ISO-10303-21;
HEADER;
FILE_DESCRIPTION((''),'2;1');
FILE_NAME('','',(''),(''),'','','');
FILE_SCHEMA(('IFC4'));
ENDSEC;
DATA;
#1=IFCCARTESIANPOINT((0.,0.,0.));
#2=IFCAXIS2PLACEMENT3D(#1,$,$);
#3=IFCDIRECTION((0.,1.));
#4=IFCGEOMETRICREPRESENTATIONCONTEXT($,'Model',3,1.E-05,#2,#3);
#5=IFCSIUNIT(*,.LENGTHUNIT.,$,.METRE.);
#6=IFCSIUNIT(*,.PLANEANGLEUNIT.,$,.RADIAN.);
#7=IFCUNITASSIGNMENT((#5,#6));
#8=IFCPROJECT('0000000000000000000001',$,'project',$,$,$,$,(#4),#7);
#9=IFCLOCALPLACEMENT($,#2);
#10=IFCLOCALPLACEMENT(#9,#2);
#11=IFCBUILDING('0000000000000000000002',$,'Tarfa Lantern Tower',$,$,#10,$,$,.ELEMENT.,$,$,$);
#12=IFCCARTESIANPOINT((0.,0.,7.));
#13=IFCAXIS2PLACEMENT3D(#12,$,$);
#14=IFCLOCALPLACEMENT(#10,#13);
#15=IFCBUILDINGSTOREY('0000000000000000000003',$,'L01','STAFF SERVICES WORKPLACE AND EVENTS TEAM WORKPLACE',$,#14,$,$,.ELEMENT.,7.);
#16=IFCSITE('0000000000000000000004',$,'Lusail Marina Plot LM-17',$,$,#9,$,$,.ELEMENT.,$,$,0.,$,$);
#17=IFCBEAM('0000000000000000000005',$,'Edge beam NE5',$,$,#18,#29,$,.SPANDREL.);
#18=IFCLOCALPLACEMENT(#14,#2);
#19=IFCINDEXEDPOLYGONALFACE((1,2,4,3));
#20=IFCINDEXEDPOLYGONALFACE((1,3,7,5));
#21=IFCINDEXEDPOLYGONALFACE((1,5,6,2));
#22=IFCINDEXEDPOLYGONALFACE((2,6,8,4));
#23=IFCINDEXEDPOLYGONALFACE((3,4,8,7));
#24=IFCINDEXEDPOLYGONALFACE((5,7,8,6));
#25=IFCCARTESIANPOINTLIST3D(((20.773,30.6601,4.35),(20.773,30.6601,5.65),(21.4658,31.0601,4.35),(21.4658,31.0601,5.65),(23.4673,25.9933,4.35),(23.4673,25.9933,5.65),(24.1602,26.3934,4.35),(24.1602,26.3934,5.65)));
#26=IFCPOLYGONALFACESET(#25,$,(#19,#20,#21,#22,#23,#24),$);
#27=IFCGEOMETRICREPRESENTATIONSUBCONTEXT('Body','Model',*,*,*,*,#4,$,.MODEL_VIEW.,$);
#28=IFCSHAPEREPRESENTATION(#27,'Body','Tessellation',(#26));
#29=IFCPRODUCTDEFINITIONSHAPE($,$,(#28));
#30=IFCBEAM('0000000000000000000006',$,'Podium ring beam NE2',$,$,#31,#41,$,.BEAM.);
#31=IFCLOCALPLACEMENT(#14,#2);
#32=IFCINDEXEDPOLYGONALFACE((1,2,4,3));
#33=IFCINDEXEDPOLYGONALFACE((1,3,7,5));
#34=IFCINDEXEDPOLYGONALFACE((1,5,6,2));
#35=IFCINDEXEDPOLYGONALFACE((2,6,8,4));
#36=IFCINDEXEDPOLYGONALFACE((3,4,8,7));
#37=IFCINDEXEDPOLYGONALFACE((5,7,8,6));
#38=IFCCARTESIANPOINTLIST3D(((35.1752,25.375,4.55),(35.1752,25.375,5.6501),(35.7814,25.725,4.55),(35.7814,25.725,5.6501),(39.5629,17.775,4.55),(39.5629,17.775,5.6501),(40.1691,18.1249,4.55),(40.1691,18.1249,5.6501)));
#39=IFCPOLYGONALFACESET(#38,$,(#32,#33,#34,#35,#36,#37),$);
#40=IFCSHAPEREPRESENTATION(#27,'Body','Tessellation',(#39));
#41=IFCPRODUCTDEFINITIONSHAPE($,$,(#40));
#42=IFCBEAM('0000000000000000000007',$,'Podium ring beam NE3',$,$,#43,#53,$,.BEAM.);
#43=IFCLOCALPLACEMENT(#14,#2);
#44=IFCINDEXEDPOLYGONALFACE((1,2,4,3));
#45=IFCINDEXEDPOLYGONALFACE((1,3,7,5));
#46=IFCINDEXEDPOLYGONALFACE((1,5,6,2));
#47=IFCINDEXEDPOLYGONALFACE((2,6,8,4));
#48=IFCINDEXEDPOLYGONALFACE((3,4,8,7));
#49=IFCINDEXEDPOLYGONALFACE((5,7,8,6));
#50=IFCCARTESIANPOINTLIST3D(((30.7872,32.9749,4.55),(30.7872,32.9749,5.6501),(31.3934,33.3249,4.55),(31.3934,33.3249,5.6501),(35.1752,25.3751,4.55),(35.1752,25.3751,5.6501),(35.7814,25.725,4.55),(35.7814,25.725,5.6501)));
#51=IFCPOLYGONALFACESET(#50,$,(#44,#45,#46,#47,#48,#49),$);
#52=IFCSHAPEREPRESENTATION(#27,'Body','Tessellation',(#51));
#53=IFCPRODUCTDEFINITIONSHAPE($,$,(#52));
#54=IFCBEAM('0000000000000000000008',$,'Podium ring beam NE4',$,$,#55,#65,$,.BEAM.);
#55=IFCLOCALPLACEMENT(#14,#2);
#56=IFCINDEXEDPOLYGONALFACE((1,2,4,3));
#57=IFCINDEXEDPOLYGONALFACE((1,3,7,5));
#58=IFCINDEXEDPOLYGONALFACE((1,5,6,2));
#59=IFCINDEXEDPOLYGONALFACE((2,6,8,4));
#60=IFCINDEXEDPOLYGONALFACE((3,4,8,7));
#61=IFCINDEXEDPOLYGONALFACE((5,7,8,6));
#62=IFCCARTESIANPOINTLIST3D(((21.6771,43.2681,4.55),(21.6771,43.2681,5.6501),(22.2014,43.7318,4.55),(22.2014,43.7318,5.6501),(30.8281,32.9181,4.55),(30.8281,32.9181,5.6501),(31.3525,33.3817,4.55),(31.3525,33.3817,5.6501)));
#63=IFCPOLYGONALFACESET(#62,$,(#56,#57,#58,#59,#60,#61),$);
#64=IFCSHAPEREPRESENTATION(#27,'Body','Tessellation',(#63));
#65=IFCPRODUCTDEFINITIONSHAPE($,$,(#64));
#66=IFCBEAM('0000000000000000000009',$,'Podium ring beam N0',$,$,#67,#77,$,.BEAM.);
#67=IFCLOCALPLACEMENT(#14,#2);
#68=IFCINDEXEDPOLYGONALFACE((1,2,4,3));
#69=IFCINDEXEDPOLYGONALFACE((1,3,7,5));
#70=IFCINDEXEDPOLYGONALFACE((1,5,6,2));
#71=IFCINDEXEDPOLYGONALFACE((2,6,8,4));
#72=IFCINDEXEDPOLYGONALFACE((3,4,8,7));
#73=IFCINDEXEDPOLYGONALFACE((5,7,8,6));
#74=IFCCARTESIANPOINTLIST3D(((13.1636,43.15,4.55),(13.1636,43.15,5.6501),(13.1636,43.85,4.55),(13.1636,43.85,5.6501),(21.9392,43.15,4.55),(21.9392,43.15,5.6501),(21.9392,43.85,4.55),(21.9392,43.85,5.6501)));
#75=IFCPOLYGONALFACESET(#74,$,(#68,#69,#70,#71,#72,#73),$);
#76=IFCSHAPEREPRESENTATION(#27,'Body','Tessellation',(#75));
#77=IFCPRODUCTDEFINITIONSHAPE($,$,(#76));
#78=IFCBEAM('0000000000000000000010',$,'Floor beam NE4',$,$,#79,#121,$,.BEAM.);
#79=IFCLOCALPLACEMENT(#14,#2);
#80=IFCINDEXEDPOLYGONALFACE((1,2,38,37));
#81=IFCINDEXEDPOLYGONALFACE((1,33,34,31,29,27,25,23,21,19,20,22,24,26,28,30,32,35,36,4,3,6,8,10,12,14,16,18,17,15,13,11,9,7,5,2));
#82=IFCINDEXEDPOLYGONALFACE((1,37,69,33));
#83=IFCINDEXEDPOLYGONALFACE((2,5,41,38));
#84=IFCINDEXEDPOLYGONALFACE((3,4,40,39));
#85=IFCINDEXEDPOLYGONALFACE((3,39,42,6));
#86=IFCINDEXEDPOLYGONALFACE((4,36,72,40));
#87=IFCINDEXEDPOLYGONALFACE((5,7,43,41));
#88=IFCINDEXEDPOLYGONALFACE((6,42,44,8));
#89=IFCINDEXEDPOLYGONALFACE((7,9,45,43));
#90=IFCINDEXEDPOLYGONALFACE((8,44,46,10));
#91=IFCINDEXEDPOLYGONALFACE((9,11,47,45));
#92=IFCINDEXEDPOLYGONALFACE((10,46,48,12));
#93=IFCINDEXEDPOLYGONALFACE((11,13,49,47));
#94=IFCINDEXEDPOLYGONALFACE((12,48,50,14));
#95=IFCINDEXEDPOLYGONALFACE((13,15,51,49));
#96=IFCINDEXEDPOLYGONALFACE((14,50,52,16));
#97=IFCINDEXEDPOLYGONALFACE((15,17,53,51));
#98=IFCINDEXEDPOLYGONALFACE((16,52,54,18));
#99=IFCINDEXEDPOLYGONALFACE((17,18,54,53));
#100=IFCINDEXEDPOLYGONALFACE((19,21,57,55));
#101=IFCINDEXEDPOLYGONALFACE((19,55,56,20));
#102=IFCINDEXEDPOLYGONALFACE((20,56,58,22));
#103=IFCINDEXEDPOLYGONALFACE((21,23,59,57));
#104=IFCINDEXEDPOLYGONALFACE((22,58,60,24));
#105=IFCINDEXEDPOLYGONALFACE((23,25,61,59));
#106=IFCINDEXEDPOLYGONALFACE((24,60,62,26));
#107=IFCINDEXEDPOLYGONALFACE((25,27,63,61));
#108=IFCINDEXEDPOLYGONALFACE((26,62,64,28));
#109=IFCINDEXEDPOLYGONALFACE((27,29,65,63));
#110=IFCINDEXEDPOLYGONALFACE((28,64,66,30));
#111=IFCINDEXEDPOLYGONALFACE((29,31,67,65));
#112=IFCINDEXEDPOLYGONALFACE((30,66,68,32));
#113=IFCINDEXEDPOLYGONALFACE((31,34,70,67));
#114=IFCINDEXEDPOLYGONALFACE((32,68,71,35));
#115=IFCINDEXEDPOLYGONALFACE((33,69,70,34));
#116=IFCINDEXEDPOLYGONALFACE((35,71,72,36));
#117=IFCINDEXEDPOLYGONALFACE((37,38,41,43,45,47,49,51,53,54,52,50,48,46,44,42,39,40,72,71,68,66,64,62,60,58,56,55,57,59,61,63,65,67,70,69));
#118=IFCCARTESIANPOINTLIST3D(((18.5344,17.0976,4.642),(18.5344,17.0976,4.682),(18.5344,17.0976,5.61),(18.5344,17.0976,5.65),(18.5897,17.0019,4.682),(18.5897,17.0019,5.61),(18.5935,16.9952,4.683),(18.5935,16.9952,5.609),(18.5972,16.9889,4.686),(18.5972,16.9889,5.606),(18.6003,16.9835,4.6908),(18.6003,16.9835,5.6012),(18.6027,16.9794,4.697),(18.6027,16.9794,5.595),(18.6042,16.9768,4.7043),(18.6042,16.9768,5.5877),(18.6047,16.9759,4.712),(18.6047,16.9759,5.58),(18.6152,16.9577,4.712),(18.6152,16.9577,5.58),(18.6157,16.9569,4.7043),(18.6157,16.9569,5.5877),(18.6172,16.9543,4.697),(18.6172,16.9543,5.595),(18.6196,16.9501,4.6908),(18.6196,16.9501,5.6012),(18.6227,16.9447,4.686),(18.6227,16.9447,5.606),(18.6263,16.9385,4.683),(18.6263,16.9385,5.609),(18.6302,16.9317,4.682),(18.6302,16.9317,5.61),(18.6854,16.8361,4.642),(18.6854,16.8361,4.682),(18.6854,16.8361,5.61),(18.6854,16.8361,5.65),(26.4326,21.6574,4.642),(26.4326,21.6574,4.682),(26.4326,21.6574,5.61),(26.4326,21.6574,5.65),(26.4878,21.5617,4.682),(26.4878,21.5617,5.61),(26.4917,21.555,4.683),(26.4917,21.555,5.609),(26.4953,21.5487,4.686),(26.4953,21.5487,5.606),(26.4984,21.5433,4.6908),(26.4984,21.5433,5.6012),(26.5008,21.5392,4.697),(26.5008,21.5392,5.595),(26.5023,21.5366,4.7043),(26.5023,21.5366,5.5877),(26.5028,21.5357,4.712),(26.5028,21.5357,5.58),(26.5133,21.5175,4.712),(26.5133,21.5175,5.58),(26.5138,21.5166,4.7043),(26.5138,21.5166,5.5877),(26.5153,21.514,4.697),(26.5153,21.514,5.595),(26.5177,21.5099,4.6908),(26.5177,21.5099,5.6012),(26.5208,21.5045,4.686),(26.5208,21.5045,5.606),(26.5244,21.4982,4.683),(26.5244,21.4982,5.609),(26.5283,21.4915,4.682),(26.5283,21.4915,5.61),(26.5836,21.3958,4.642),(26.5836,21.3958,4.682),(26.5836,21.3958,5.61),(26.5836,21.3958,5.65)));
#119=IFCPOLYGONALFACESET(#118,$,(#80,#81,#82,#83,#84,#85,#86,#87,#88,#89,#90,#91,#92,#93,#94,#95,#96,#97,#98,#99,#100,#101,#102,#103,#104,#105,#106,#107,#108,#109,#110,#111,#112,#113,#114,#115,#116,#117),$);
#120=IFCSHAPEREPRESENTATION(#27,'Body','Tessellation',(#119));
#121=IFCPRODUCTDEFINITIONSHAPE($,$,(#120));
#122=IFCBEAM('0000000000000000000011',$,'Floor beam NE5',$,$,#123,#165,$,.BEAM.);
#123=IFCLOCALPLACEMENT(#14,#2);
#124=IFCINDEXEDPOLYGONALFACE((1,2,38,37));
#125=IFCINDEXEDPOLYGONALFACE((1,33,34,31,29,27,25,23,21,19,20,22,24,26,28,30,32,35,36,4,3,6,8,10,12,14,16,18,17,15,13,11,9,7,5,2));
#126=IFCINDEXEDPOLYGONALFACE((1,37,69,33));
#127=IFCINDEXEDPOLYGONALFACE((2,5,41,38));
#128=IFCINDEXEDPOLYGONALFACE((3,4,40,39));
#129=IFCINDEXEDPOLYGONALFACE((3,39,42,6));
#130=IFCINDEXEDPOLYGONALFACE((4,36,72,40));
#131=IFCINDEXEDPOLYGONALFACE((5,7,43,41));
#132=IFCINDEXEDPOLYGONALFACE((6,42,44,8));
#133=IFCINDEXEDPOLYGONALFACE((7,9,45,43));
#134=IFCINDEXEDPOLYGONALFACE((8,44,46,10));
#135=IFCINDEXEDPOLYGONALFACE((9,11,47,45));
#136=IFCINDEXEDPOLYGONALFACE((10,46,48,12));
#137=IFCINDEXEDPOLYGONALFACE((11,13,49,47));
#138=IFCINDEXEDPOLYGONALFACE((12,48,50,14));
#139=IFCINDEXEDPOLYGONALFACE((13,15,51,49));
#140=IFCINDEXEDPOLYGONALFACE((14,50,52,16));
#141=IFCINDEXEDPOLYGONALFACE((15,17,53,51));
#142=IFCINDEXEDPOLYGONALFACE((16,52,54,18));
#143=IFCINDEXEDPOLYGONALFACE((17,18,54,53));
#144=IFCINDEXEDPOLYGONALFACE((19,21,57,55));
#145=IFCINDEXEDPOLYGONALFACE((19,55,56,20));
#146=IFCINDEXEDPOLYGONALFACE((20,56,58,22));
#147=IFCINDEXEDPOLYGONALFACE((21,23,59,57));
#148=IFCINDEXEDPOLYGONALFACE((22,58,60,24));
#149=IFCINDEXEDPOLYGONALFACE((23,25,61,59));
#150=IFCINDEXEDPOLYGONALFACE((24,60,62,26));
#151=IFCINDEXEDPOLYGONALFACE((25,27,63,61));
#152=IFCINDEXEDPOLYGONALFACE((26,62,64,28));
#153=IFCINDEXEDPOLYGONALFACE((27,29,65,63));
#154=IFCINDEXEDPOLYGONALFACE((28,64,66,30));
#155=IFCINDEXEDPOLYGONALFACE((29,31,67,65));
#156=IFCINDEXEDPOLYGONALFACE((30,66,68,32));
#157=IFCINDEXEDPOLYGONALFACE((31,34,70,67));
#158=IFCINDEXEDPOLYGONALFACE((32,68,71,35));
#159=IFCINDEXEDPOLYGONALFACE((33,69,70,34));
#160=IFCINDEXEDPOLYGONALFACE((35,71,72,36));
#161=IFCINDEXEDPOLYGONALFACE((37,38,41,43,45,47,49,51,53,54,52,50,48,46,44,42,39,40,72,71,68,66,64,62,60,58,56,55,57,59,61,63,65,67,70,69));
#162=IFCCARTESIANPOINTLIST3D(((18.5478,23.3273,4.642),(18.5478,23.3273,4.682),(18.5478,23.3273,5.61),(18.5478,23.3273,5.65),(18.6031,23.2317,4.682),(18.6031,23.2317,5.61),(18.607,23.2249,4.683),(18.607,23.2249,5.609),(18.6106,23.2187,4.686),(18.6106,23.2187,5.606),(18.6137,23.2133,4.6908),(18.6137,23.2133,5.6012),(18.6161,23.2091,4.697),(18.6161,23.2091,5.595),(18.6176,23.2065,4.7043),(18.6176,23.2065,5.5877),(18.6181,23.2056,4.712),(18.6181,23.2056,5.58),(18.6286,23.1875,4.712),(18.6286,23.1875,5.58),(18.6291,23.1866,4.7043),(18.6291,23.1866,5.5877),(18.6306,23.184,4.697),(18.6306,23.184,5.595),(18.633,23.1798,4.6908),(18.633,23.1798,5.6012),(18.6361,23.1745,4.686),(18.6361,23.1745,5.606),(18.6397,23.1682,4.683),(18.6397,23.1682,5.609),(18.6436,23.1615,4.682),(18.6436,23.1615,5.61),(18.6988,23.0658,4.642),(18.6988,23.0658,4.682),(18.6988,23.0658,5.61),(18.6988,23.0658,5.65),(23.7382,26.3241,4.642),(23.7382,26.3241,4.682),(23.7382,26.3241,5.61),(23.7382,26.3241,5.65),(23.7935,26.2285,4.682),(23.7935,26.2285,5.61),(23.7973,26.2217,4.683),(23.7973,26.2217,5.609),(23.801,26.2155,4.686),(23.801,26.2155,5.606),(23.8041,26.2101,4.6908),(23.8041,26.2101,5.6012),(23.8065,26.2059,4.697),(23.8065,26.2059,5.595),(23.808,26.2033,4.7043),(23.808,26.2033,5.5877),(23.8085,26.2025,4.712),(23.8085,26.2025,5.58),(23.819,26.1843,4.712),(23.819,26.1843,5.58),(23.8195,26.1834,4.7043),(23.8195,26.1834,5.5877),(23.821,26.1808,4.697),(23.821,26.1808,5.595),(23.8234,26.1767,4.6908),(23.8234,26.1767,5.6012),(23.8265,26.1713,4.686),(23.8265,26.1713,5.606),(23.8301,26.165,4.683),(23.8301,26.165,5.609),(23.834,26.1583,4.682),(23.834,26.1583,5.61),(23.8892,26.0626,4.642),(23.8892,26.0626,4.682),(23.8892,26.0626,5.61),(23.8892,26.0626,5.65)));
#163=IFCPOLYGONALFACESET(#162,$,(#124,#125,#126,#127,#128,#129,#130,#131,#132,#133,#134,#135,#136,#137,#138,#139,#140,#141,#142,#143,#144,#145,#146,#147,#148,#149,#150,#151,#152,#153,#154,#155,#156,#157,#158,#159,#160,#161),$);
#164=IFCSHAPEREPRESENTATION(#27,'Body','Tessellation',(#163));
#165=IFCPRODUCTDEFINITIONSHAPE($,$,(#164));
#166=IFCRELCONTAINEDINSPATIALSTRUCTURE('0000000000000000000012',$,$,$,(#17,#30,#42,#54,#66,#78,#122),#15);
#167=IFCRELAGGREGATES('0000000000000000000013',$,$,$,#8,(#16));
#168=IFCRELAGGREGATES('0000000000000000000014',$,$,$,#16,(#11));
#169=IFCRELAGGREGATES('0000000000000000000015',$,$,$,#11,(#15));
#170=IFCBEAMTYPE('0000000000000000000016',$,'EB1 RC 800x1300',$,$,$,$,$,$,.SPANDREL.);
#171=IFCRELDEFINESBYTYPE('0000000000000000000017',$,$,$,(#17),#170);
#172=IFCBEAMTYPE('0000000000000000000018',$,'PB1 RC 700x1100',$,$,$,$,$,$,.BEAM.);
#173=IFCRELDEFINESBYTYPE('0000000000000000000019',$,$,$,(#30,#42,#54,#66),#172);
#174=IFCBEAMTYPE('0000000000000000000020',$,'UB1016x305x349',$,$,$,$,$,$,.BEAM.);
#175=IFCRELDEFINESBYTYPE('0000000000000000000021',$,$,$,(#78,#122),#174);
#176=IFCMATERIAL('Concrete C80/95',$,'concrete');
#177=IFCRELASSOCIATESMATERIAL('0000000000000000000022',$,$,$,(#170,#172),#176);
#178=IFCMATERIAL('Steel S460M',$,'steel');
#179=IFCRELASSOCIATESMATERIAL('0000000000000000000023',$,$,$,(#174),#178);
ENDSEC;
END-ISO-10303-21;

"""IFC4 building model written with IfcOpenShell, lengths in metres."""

from ifc_helpers import new_model, si_unit, direction, frame, origin, origin_2d, place, context, subcontext, project, spatial, rectangle, i_section, extrude, material, material_profile, profile_set, type_object, element, save


model = new_model("IFC4")

# Units and contexts
model_context = context("Model", 3, precision=1e-05, world=origin(), true_north=direction((0.0, 1.0)))
body_context = subcontext(model_context, "Body", "Model", "MODEL_VIEW")
ifc_project = project(units=[si_unit("LENGTHUNIT", "METRE"), si_unit("PLANEANGLEUNIT", "RADIAN")], contexts=[model_context])

# Site, building, storey
site_placement = place(None, origin())
site = spatial("IfcSite", under=ifc_project, at=site_placement, Name="Lusail Marina Plot LM-17", CompositionType="ELEMENT", RefElevation=0.0)
building_placement = place(site_placement, origin())
building = spatial("IfcBuilding", under=site, at=building_placement, Name="Tarfa Lantern Tower", CompositionType="ELEMENT")
storey_placement = place(building_placement, frame((0.0, 0.0, 7.0)))
storey = spatial("IfcBuildingStorey", under=building, at=storey_placement, Name="L01", Description="STAFF SERVICES WORKPLACE AND EVENTS TEAM WORKPLACE", CompositionType="ELEMENT", Elevation=7.0)

# Shared definitions
ifc_material_1 = material(Name="Concrete C80/95", Category="concrete")

# Beams
ifc_material_profile_1 = material_profile(ifc_material_1, rectangle(XDim=0.8, YDim=1.3, at=origin_2d()), Name="RC 800x1300")
ifc_profile_set_1 = profile_set([ifc_material_profile_1], Name="Concrete C80/95")
beam_type_1 = type_object("IfcBeamType", Name="EB1 RC 800x1300", PredefinedType="SPANDREL", material=ifc_profile_set_1)
for number, where, z_axis, x_axis, name in (
    (1, (23.8137, 26.1934, 5.0), (-0.499998, 0.866026, 0.0), (-0.866026, -0.499998, 0.0), "Edge beam NE5"),
):
    element("IfcBeam", number, at=place(storey_placement, frame(where, z_axis=z_axis, x_axis=x_axis)), inside=storey, type_object=beam_type_1, Name=name, PredefinedType="SPANDREL", context=body_context, shape_type="SweptSolid", body=[
        extrude(rectangle(XDim=0.8, YDim=1.3, at=origin_2d()), origin(), (0.0, 0.0, 1.0), 5.3887),
    ])
ifc_material_profile_2 = material_profile(ifc_material_1, rectangle(XDim=0.7, YDim=1.1001, at=origin_2d()), Name="RC 700x1100")
ifc_profile_set_2 = profile_set([ifc_material_profile_2], Name="Concrete C80/95")
beam_type_2 = type_object("IfcBeamType", Name="PB1 RC 700x1100", PredefinedType="BEAM", material=ifc_profile_set_2)
for number, where, z_axis, x_axis, name in (
    (2, (39.866, 17.95, 5.1001), (-0.499981, 0.866036, 0.0), (-0.866036, -0.499981, 0.0), "Podium ring beam NE2"),
    (3, (35.4783, 25.55, 5.1001), (-0.500014, 0.866017, 0.0), (-0.866017, -0.500014, 0.0), "Podium ring beam NE3"),
):
    element("IfcBeam", number, at=place(storey_placement, frame(where, z_axis=z_axis, x_axis=x_axis)), inside=storey, type_object=beam_type_2, Name=name, PredefinedType="BEAM", context=body_context, shape_type="SweptSolid", body=[
        extrude(rectangle(XDim=0.7, YDim=1.1001, at=origin_2d()), origin(), (0.0, 0.0, 1.0), 8.7756),
    ])
beam_1_placement = place(storey_placement, frame((31.0903, 33.1499, 5.1001), z_axis=(-0.662382, 0.749167, 0.0), x_axis=(-0.749167, -0.662382, 0.0)))
element("IfcBeam", 4, at=beam_1_placement, inside=storey, type_object=beam_type_2, Name="Podium ring beam NE4", PredefinedType="BEAM", context=body_context, shape_type="SweptSolid", body=[
    extrude(rectangle(XDim=0.7, YDim=1.1001, at=origin_2d()), origin(), (0.0, 0.0, 1.0), 13.8154),
])
beam_2_placement = place(storey_placement, frame((21.9392, 43.5, 5.1001), z_axis=(-1.0, 0.0, 0.0), x_axis=(0.0, -1.0, 0.0)))
element("IfcBeam", 5, at=beam_2_placement, inside=storey, type_object=beam_type_2, Name="Podium ring beam N0", PredefinedType="BEAM", context=body_context, shape_type="SweptSolid", body=[
    extrude(rectangle(XDim=0.7, YDim=1.1001, at=origin_2d()), origin(), (0.0, 0.0, 1.0), 8.7756),
])
ifc_material_2 = material(Name="Steel S460M", Category="steel")
ifc_material_profile_3 = material_profile(ifc_material_2, i_section(OverallWidth=0.302, OverallDepth=1.0081, WebThickness=0.021, FlangeThickness=0.04, FilletRadius=0.03, at=origin_2d()), Name="UB1016x305x349")
ifc_profile_set_3 = profile_set([ifc_material_profile_3], Name="Steel S460M")
beam_type_3 = type_object("IfcBeamType", Name="UB1016x305x349", PredefinedType="BEAM", material=ifc_profile_set_3)
beam_3_placement = place(storey_placement, frame((26.5081, 21.5266, 5.146), z_axis=(-0.866035, -0.499983, 0.0), x_axis=(0.499983, -0.866035, 0.0)))
element("IfcBeam", 6, at=beam_3_placement, inside=storey, type_object=beam_type_3, Name="Floor beam NE4", PredefinedType="BEAM", context=body_context, shape_type="SweptSolid", body=[
    extrude(i_section(OverallWidth=0.302, OverallDepth=1.0081, WebThickness=0.021, FlangeThickness=0.04, FilletRadius=0.03, at=origin_2d()), origin(), (0.0, 0.0, 1.0), 9.1199),
])
beam_4_placement = place(storey_placement, frame((23.8137, 26.1934, 5.146), z_axis=(-0.866016, -0.500016, 0.0), x_axis=(0.500016, -0.866016, 0.0)))
element("IfcBeam", 7, at=beam_4_placement, inside=storey, type_object=beam_type_3, Name="Floor beam NE5", PredefinedType="BEAM", context=body_context, shape_type="SweptSolid", body=[
    extrude(i_section(OverallWidth=0.302, OverallDepth=1.0081, WebThickness=0.021, FlangeThickness=0.04, FilletRadius=0.03, at=origin_2d()), origin(), (0.0, 0.0, 1.0), 5.9934),
])

save(model, "model.ifc")
